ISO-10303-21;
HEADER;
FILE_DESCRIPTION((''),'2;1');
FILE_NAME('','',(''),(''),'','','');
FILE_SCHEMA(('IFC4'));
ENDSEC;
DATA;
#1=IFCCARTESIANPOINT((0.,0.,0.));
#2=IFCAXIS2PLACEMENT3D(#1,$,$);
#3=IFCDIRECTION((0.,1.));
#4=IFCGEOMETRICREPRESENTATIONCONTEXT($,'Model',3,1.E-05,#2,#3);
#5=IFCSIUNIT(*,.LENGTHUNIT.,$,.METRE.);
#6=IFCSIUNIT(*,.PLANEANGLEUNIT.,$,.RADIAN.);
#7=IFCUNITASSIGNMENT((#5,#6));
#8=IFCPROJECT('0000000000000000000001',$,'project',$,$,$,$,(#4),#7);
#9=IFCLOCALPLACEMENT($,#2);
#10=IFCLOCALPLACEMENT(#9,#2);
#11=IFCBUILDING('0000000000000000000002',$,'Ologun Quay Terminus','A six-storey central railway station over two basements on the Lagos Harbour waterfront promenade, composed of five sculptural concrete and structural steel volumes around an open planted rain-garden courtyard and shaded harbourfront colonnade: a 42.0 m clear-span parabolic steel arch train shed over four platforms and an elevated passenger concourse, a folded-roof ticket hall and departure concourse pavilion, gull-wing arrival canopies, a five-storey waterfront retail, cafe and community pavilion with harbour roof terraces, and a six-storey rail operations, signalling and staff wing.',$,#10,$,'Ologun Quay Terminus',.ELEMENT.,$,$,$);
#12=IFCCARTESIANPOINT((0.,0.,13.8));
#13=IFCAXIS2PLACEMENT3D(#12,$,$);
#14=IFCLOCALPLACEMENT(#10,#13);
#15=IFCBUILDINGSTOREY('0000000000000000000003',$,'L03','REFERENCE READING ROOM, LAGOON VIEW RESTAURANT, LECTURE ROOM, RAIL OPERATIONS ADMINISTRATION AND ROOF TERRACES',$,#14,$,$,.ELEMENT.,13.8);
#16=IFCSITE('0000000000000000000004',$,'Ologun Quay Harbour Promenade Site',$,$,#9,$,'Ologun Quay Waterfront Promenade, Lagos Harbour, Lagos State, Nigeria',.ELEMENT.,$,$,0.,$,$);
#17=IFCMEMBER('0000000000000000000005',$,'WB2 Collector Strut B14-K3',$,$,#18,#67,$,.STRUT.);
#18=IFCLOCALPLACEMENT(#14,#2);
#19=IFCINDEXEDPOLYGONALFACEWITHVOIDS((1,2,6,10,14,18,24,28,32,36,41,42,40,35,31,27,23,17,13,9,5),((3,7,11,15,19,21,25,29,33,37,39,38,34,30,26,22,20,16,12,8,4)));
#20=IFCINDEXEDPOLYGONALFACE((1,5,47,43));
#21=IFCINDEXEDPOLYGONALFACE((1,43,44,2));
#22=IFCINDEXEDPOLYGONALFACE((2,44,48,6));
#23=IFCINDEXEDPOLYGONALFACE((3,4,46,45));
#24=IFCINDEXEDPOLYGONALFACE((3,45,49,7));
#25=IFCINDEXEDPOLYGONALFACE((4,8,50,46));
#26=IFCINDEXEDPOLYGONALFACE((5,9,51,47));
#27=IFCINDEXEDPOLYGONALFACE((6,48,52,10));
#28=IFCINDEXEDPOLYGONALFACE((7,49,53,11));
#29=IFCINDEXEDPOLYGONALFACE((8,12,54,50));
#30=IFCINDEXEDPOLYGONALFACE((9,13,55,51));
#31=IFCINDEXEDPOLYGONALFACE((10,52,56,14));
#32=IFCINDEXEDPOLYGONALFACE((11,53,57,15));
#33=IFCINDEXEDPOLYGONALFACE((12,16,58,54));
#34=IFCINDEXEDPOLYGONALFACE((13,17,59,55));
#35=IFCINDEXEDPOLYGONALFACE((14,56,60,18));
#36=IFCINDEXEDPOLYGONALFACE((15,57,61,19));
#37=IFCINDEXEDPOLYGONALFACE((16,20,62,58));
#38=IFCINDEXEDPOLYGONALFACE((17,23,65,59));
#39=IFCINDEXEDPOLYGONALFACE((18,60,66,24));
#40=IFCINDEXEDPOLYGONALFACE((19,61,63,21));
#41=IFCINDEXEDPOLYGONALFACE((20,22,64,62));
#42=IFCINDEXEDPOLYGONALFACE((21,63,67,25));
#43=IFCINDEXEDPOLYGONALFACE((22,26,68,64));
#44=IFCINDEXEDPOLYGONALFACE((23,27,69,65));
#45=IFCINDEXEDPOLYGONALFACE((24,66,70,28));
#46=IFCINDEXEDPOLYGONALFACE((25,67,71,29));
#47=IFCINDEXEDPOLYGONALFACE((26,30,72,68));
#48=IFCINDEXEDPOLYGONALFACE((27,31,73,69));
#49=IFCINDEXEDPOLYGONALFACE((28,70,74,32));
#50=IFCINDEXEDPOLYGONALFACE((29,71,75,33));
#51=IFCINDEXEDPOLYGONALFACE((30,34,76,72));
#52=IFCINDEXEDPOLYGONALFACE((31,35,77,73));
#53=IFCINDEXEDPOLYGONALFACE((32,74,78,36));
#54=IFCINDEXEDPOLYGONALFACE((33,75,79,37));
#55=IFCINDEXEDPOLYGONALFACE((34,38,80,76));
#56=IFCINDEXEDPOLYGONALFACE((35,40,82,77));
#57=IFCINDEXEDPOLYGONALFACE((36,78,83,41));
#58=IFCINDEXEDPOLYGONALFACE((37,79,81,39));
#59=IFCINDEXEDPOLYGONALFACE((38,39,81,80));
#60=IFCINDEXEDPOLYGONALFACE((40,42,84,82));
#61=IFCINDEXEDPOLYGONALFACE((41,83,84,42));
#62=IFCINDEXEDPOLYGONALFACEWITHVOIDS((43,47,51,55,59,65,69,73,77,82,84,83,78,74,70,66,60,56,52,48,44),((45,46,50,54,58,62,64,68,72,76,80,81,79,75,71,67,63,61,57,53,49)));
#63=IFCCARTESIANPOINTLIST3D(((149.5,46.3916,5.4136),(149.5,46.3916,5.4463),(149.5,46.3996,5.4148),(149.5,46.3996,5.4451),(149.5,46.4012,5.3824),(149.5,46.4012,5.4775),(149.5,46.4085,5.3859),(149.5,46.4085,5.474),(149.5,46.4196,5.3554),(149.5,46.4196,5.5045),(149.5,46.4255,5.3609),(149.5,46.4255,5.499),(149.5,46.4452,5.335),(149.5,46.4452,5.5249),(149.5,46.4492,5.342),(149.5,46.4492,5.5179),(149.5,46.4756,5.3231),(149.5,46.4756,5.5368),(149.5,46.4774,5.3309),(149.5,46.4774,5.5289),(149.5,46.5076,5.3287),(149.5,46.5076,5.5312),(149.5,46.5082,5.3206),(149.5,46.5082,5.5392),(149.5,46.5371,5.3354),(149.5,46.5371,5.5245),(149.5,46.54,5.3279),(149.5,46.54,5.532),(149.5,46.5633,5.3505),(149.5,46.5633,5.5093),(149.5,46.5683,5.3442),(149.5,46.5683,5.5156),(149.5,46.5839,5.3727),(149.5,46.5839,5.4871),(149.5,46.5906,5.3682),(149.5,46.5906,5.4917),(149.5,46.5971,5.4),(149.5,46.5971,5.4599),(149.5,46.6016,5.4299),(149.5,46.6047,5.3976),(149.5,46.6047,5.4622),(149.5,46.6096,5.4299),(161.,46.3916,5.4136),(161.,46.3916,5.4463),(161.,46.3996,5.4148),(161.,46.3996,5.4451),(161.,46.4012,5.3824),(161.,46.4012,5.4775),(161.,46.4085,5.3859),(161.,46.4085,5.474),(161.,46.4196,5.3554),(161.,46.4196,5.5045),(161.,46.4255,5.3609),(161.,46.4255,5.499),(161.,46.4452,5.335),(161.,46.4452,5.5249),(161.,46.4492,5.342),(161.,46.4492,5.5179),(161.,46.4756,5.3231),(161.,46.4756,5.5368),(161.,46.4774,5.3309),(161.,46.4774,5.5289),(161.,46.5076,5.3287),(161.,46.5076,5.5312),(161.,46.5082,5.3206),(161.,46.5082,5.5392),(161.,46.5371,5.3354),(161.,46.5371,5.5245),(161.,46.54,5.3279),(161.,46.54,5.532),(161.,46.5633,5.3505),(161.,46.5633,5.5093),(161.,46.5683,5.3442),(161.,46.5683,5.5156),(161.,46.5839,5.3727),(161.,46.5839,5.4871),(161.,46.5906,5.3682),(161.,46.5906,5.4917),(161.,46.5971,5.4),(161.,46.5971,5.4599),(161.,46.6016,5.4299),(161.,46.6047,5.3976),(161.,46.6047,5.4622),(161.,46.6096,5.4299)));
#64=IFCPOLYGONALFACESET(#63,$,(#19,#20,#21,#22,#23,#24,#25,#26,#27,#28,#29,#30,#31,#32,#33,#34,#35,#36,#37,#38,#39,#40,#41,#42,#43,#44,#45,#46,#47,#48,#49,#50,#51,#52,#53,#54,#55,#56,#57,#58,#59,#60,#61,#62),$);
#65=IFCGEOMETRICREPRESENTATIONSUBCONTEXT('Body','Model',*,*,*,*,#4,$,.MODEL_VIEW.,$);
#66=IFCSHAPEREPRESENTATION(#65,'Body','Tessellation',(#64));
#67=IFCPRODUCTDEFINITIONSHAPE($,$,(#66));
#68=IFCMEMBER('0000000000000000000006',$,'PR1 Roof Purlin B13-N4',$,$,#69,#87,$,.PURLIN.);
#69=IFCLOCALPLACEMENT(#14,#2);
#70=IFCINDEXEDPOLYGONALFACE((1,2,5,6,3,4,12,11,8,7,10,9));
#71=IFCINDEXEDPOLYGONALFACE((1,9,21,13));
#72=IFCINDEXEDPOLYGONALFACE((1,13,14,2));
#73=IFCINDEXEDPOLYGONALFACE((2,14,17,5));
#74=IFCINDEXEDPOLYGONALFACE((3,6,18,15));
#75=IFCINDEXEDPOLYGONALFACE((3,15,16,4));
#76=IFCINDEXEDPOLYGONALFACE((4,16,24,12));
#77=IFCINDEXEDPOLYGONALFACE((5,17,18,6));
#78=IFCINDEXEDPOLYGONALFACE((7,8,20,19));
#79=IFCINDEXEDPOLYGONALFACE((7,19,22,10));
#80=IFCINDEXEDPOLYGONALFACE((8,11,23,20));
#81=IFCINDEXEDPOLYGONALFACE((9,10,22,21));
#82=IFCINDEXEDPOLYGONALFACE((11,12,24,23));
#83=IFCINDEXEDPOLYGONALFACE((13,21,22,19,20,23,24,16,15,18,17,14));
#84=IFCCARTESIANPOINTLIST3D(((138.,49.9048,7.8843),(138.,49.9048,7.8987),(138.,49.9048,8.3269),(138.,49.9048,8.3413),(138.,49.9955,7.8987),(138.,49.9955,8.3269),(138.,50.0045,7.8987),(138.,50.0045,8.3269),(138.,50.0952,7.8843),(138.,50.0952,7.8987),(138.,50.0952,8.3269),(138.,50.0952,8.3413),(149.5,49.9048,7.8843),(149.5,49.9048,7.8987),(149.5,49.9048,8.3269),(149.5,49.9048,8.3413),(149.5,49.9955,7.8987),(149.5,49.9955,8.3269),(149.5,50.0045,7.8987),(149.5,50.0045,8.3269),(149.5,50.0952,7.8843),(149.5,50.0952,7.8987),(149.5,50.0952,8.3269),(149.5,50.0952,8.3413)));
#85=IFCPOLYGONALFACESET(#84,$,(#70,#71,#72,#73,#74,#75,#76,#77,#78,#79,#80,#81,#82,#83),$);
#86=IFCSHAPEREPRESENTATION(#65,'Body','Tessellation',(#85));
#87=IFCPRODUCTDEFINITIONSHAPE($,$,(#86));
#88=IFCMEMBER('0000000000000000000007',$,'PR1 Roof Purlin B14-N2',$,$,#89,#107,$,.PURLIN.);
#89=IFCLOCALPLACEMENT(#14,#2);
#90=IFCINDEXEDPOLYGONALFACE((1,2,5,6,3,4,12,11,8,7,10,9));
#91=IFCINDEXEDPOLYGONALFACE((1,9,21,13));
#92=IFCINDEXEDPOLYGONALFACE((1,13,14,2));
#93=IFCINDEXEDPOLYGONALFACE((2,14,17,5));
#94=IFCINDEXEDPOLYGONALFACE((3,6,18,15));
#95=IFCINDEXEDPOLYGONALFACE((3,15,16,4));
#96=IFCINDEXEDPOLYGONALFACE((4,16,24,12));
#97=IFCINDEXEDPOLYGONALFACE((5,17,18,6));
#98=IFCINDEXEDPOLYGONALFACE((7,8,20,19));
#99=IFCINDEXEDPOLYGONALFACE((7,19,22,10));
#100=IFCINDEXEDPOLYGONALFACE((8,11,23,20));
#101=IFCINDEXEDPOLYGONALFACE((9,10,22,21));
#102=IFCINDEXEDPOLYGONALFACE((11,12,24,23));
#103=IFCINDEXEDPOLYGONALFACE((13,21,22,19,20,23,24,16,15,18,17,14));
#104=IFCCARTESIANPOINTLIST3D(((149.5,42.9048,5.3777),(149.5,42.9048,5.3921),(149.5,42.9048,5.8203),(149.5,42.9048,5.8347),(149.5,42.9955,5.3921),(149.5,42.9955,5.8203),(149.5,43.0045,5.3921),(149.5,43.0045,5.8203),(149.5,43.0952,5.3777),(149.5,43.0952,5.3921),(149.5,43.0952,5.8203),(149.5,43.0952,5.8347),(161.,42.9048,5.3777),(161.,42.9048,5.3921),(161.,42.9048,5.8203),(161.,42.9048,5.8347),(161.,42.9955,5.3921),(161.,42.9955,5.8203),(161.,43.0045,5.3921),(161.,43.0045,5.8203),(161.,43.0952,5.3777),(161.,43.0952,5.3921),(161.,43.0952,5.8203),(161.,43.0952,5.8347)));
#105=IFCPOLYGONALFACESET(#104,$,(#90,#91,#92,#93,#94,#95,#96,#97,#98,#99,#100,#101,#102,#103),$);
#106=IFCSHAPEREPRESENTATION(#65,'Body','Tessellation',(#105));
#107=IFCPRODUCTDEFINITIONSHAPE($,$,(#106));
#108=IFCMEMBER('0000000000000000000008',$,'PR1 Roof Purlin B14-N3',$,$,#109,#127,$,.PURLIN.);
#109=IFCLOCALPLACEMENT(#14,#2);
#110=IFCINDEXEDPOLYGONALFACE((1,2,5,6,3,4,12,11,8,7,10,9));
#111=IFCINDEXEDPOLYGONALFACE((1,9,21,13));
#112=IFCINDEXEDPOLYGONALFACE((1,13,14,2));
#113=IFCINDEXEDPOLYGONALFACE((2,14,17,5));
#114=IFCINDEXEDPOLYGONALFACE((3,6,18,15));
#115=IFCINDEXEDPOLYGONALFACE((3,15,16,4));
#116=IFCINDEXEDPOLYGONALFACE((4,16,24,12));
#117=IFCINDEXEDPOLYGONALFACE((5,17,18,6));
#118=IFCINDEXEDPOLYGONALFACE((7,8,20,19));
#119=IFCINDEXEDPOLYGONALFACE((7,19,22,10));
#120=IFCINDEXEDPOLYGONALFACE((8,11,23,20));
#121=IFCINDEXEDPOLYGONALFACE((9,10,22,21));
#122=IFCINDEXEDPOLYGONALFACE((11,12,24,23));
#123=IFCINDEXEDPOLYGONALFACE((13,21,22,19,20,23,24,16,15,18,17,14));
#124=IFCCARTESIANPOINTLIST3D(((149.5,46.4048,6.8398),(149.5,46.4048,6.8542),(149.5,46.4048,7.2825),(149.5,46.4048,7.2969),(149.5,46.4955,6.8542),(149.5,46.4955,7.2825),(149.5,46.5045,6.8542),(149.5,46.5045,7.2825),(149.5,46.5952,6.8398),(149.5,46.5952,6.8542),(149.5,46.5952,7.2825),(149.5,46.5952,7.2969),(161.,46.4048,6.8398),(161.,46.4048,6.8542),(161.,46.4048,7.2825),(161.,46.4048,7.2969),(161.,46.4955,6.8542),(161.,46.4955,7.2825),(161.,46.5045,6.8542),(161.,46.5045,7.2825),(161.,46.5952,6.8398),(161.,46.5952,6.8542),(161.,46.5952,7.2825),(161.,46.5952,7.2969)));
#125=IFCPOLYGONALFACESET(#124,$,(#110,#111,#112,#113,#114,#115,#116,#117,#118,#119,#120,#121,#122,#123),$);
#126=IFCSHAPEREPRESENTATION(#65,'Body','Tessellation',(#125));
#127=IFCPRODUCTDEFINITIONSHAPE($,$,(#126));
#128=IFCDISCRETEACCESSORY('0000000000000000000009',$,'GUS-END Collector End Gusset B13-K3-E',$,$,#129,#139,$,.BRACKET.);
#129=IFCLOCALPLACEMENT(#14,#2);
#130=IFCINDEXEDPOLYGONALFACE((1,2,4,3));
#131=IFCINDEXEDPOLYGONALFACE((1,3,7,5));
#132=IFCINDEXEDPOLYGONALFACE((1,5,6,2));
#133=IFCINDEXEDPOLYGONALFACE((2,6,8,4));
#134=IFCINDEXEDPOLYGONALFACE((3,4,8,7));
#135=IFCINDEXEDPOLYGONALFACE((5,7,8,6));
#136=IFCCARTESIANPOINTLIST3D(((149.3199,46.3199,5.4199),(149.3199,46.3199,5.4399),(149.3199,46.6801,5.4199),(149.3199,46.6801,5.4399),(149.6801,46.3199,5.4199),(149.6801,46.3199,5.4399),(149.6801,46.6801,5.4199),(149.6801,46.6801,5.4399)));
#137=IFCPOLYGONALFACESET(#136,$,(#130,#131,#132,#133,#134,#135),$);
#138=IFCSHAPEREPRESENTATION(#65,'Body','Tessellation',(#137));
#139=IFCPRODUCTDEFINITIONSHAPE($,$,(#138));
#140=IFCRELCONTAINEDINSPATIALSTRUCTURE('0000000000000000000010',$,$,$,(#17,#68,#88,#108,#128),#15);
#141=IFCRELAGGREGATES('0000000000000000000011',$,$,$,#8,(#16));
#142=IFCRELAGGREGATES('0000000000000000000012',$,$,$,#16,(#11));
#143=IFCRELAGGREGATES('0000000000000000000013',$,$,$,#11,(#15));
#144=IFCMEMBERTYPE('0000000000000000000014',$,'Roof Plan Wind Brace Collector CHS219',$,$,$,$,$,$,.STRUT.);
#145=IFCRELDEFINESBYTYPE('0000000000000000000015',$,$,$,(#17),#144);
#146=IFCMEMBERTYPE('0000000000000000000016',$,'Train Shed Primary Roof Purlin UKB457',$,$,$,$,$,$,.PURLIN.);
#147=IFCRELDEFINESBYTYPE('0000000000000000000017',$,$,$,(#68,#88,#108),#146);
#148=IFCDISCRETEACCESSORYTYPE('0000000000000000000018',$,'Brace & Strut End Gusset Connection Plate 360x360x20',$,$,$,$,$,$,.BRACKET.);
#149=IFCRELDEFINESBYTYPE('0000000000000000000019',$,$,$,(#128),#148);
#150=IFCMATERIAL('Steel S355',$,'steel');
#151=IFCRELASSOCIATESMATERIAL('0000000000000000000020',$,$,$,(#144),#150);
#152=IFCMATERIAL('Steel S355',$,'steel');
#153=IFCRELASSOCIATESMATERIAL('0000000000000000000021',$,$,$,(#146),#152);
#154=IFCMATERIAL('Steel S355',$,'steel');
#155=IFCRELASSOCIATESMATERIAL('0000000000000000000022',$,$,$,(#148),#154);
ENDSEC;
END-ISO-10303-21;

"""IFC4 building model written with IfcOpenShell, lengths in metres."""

from ifc_helpers import new_model, si_unit, direction, frame, origin, origin_2d, place, context, subcontext, project, spatial, rectangle, hollow_circle, i_section, extrude, material, material_profile, profile_set, type_object, element, save


model = new_model("IFC4")

# Units and contexts
model_context = context("Model", 3, precision=1e-05, world=origin(), true_north=direction((0.0, 1.0)))
body_context = subcontext(model_context, "Body", "Model", "MODEL_VIEW")
ifc_project = project(units=[si_unit("LENGTHUNIT", "METRE"), si_unit("PLANEANGLEUNIT", "RADIAN")], contexts=[model_context])

# Site, building, storey
site_placement = place(None, origin())
site = spatial("IfcSite", under=ifc_project, at=site_placement, Name="Ologun Quay Harbour Promenade Site", LongName="Ologun Quay Waterfront Promenade, Lagos Harbour, Lagos State, Nigeria", CompositionType="ELEMENT", RefElevation=0.0)
building_placement = place(site_placement, origin())
building = spatial("IfcBuilding", under=site, at=building_placement, Name="Ologun Quay Terminus", Description="A six-storey central railway station over two basements on the Lagos Harbour waterfront promenade, composed of five sculptural concrete and structural steel volumes around an open planted rain-garden courtyard and shaded harbourfront colonnade: a 42.0 m clear-span parabolic steel arch train shed over four platforms and an elevated passenger concourse, a folded-roof ticket hall and departure concourse pavilion, gull-wing arrival canopies, a five-storey waterfront retail, cafe and community pavilion with harbour roof terraces, and a six-storey rail operations, signalling and staff wing.", LongName="Ologun Quay Terminus", CompositionType="ELEMENT")
storey_placement = place(building_placement, frame((0.0, 0.0, 13.8)))
storey = spatial("IfcBuildingStorey", under=building, at=storey_placement, Name="L03", Description="REFERENCE READING ROOM, LAGOON VIEW RESTAURANT, LECTURE ROOM, RAIL OPERATIONS ADMINISTRATION AND ROOF TERRACES", CompositionType="ELEMENT", Elevation=13.8)

# Members
ifc_material_1 = material(Name="Steel S355", Category="steel")
ifc_material_profile_1 = material_profile(ifc_material_1, hollow_circle(Radius=0.1096, WallThickness=0.0081, at=origin_2d()), Name="CHS 219.1x8")
ifc_profile_set_1 = profile_set([ifc_material_profile_1], Name="Steel S355")
member_type_1 = type_object("IfcMemberType", Name="Roof Plan Wind Brace Collector CHS219", PredefinedType="STRUT", material=ifc_profile_set_1)
member_1_placement = place(storey_placement, frame((149.5, 46.5, 5.4299), z_axis=(1.0, 0.0, 0.0), x_axis=(0.0, 1.0, 0.0)))
element("IfcMember", 1, at=member_1_placement, inside=storey, type_object=member_type_1, Name="WB2 Collector Strut B14-K3", PredefinedType="STRUT", context=body_context, shape_type="SweptSolid", body=[
    extrude(hollow_circle(Radius=0.1096, WallThickness=0.0081, at=origin_2d()), origin(), (0.0, 0.0, 1.0), 11.5),
])
ifc_material_2 = material(Name="Steel S355", Category="steel")
ifc_material_profile_2 = material_profile(ifc_material_2, i_section(OverallWidth=0.1904, OverallDepth=0.457, WebThickness=0.009, FlangeThickness=0.0144, at=origin_2d()), Name="UKB 457x191x74")
ifc_profile_set_2 = profile_set([ifc_material_profile_2], Name="Steel S355")
member_type_2 = type_object("IfcMemberType", Name="Train Shed Primary Roof Purlin UKB457", PredefinedType="PURLIN", material=ifc_profile_set_2)
for number, where, z_axis, x_axis, name in (
    (2, (138.0, 50.0, 8.1128), (1.0, 0.0, 0.0), (0.0, 1.0, 0.0), "PR1 Roof Purlin B13-N4"),
    (3, (149.5, 43.0, 5.6062), (1.0, 0.0, 0.0), (0.0, 1.0, 0.0), "PR1 Roof Purlin B14-N2"),
    (4, (149.5, 46.5, 7.0684), (1.0, 0.0, 0.0), (0.0, 1.0, 0.0), "PR1 Roof Purlin B14-N3"),
):
    element("IfcMember", number, at=place(storey_placement, frame(where, z_axis=z_axis, x_axis=x_axis)), inside=storey, type_object=member_type_2, Name=name, PredefinedType="PURLIN", context=body_context, shape_type="SweptSolid", body=[
        extrude(i_section(OverallWidth=0.1904, OverallDepth=0.457, WebThickness=0.009, FlangeThickness=0.0144, at=origin_2d()), origin(), (0.0, 0.0, 1.0), 11.5),
    ])

# Discrete accessory
ifc_material_3 = material(Name="Steel S355", Category="steel")
discrete_accessory_type = type_object("IfcDiscreteAccessoryType", Name="Brace & Strut End Gusset Connection Plate 360x360x20", PredefinedType="BRACKET", material=ifc_material_3)
discrete_accessory_placement = place(storey_placement, frame((149.5, 46.5, 5.4199), z_axis=(0.0, 0.0, 1.0), x_axis=(1.0, 0.0, 0.0)))
element("IfcDiscreteAccessory", 5, at=discrete_accessory_placement, inside=storey, type_object=discrete_accessory_type, Name="GUS-END Collector End Gusset B13-K3-E", PredefinedType="BRACKET", context=body_context, shape_type="SweptSolid", body=[
    extrude(rectangle(XDim=0.3601, YDim=0.3601, at=origin_2d()), origin(), (0.0, 0.0, 1.0), 0.02),
])

save(model, "model.ifc")
